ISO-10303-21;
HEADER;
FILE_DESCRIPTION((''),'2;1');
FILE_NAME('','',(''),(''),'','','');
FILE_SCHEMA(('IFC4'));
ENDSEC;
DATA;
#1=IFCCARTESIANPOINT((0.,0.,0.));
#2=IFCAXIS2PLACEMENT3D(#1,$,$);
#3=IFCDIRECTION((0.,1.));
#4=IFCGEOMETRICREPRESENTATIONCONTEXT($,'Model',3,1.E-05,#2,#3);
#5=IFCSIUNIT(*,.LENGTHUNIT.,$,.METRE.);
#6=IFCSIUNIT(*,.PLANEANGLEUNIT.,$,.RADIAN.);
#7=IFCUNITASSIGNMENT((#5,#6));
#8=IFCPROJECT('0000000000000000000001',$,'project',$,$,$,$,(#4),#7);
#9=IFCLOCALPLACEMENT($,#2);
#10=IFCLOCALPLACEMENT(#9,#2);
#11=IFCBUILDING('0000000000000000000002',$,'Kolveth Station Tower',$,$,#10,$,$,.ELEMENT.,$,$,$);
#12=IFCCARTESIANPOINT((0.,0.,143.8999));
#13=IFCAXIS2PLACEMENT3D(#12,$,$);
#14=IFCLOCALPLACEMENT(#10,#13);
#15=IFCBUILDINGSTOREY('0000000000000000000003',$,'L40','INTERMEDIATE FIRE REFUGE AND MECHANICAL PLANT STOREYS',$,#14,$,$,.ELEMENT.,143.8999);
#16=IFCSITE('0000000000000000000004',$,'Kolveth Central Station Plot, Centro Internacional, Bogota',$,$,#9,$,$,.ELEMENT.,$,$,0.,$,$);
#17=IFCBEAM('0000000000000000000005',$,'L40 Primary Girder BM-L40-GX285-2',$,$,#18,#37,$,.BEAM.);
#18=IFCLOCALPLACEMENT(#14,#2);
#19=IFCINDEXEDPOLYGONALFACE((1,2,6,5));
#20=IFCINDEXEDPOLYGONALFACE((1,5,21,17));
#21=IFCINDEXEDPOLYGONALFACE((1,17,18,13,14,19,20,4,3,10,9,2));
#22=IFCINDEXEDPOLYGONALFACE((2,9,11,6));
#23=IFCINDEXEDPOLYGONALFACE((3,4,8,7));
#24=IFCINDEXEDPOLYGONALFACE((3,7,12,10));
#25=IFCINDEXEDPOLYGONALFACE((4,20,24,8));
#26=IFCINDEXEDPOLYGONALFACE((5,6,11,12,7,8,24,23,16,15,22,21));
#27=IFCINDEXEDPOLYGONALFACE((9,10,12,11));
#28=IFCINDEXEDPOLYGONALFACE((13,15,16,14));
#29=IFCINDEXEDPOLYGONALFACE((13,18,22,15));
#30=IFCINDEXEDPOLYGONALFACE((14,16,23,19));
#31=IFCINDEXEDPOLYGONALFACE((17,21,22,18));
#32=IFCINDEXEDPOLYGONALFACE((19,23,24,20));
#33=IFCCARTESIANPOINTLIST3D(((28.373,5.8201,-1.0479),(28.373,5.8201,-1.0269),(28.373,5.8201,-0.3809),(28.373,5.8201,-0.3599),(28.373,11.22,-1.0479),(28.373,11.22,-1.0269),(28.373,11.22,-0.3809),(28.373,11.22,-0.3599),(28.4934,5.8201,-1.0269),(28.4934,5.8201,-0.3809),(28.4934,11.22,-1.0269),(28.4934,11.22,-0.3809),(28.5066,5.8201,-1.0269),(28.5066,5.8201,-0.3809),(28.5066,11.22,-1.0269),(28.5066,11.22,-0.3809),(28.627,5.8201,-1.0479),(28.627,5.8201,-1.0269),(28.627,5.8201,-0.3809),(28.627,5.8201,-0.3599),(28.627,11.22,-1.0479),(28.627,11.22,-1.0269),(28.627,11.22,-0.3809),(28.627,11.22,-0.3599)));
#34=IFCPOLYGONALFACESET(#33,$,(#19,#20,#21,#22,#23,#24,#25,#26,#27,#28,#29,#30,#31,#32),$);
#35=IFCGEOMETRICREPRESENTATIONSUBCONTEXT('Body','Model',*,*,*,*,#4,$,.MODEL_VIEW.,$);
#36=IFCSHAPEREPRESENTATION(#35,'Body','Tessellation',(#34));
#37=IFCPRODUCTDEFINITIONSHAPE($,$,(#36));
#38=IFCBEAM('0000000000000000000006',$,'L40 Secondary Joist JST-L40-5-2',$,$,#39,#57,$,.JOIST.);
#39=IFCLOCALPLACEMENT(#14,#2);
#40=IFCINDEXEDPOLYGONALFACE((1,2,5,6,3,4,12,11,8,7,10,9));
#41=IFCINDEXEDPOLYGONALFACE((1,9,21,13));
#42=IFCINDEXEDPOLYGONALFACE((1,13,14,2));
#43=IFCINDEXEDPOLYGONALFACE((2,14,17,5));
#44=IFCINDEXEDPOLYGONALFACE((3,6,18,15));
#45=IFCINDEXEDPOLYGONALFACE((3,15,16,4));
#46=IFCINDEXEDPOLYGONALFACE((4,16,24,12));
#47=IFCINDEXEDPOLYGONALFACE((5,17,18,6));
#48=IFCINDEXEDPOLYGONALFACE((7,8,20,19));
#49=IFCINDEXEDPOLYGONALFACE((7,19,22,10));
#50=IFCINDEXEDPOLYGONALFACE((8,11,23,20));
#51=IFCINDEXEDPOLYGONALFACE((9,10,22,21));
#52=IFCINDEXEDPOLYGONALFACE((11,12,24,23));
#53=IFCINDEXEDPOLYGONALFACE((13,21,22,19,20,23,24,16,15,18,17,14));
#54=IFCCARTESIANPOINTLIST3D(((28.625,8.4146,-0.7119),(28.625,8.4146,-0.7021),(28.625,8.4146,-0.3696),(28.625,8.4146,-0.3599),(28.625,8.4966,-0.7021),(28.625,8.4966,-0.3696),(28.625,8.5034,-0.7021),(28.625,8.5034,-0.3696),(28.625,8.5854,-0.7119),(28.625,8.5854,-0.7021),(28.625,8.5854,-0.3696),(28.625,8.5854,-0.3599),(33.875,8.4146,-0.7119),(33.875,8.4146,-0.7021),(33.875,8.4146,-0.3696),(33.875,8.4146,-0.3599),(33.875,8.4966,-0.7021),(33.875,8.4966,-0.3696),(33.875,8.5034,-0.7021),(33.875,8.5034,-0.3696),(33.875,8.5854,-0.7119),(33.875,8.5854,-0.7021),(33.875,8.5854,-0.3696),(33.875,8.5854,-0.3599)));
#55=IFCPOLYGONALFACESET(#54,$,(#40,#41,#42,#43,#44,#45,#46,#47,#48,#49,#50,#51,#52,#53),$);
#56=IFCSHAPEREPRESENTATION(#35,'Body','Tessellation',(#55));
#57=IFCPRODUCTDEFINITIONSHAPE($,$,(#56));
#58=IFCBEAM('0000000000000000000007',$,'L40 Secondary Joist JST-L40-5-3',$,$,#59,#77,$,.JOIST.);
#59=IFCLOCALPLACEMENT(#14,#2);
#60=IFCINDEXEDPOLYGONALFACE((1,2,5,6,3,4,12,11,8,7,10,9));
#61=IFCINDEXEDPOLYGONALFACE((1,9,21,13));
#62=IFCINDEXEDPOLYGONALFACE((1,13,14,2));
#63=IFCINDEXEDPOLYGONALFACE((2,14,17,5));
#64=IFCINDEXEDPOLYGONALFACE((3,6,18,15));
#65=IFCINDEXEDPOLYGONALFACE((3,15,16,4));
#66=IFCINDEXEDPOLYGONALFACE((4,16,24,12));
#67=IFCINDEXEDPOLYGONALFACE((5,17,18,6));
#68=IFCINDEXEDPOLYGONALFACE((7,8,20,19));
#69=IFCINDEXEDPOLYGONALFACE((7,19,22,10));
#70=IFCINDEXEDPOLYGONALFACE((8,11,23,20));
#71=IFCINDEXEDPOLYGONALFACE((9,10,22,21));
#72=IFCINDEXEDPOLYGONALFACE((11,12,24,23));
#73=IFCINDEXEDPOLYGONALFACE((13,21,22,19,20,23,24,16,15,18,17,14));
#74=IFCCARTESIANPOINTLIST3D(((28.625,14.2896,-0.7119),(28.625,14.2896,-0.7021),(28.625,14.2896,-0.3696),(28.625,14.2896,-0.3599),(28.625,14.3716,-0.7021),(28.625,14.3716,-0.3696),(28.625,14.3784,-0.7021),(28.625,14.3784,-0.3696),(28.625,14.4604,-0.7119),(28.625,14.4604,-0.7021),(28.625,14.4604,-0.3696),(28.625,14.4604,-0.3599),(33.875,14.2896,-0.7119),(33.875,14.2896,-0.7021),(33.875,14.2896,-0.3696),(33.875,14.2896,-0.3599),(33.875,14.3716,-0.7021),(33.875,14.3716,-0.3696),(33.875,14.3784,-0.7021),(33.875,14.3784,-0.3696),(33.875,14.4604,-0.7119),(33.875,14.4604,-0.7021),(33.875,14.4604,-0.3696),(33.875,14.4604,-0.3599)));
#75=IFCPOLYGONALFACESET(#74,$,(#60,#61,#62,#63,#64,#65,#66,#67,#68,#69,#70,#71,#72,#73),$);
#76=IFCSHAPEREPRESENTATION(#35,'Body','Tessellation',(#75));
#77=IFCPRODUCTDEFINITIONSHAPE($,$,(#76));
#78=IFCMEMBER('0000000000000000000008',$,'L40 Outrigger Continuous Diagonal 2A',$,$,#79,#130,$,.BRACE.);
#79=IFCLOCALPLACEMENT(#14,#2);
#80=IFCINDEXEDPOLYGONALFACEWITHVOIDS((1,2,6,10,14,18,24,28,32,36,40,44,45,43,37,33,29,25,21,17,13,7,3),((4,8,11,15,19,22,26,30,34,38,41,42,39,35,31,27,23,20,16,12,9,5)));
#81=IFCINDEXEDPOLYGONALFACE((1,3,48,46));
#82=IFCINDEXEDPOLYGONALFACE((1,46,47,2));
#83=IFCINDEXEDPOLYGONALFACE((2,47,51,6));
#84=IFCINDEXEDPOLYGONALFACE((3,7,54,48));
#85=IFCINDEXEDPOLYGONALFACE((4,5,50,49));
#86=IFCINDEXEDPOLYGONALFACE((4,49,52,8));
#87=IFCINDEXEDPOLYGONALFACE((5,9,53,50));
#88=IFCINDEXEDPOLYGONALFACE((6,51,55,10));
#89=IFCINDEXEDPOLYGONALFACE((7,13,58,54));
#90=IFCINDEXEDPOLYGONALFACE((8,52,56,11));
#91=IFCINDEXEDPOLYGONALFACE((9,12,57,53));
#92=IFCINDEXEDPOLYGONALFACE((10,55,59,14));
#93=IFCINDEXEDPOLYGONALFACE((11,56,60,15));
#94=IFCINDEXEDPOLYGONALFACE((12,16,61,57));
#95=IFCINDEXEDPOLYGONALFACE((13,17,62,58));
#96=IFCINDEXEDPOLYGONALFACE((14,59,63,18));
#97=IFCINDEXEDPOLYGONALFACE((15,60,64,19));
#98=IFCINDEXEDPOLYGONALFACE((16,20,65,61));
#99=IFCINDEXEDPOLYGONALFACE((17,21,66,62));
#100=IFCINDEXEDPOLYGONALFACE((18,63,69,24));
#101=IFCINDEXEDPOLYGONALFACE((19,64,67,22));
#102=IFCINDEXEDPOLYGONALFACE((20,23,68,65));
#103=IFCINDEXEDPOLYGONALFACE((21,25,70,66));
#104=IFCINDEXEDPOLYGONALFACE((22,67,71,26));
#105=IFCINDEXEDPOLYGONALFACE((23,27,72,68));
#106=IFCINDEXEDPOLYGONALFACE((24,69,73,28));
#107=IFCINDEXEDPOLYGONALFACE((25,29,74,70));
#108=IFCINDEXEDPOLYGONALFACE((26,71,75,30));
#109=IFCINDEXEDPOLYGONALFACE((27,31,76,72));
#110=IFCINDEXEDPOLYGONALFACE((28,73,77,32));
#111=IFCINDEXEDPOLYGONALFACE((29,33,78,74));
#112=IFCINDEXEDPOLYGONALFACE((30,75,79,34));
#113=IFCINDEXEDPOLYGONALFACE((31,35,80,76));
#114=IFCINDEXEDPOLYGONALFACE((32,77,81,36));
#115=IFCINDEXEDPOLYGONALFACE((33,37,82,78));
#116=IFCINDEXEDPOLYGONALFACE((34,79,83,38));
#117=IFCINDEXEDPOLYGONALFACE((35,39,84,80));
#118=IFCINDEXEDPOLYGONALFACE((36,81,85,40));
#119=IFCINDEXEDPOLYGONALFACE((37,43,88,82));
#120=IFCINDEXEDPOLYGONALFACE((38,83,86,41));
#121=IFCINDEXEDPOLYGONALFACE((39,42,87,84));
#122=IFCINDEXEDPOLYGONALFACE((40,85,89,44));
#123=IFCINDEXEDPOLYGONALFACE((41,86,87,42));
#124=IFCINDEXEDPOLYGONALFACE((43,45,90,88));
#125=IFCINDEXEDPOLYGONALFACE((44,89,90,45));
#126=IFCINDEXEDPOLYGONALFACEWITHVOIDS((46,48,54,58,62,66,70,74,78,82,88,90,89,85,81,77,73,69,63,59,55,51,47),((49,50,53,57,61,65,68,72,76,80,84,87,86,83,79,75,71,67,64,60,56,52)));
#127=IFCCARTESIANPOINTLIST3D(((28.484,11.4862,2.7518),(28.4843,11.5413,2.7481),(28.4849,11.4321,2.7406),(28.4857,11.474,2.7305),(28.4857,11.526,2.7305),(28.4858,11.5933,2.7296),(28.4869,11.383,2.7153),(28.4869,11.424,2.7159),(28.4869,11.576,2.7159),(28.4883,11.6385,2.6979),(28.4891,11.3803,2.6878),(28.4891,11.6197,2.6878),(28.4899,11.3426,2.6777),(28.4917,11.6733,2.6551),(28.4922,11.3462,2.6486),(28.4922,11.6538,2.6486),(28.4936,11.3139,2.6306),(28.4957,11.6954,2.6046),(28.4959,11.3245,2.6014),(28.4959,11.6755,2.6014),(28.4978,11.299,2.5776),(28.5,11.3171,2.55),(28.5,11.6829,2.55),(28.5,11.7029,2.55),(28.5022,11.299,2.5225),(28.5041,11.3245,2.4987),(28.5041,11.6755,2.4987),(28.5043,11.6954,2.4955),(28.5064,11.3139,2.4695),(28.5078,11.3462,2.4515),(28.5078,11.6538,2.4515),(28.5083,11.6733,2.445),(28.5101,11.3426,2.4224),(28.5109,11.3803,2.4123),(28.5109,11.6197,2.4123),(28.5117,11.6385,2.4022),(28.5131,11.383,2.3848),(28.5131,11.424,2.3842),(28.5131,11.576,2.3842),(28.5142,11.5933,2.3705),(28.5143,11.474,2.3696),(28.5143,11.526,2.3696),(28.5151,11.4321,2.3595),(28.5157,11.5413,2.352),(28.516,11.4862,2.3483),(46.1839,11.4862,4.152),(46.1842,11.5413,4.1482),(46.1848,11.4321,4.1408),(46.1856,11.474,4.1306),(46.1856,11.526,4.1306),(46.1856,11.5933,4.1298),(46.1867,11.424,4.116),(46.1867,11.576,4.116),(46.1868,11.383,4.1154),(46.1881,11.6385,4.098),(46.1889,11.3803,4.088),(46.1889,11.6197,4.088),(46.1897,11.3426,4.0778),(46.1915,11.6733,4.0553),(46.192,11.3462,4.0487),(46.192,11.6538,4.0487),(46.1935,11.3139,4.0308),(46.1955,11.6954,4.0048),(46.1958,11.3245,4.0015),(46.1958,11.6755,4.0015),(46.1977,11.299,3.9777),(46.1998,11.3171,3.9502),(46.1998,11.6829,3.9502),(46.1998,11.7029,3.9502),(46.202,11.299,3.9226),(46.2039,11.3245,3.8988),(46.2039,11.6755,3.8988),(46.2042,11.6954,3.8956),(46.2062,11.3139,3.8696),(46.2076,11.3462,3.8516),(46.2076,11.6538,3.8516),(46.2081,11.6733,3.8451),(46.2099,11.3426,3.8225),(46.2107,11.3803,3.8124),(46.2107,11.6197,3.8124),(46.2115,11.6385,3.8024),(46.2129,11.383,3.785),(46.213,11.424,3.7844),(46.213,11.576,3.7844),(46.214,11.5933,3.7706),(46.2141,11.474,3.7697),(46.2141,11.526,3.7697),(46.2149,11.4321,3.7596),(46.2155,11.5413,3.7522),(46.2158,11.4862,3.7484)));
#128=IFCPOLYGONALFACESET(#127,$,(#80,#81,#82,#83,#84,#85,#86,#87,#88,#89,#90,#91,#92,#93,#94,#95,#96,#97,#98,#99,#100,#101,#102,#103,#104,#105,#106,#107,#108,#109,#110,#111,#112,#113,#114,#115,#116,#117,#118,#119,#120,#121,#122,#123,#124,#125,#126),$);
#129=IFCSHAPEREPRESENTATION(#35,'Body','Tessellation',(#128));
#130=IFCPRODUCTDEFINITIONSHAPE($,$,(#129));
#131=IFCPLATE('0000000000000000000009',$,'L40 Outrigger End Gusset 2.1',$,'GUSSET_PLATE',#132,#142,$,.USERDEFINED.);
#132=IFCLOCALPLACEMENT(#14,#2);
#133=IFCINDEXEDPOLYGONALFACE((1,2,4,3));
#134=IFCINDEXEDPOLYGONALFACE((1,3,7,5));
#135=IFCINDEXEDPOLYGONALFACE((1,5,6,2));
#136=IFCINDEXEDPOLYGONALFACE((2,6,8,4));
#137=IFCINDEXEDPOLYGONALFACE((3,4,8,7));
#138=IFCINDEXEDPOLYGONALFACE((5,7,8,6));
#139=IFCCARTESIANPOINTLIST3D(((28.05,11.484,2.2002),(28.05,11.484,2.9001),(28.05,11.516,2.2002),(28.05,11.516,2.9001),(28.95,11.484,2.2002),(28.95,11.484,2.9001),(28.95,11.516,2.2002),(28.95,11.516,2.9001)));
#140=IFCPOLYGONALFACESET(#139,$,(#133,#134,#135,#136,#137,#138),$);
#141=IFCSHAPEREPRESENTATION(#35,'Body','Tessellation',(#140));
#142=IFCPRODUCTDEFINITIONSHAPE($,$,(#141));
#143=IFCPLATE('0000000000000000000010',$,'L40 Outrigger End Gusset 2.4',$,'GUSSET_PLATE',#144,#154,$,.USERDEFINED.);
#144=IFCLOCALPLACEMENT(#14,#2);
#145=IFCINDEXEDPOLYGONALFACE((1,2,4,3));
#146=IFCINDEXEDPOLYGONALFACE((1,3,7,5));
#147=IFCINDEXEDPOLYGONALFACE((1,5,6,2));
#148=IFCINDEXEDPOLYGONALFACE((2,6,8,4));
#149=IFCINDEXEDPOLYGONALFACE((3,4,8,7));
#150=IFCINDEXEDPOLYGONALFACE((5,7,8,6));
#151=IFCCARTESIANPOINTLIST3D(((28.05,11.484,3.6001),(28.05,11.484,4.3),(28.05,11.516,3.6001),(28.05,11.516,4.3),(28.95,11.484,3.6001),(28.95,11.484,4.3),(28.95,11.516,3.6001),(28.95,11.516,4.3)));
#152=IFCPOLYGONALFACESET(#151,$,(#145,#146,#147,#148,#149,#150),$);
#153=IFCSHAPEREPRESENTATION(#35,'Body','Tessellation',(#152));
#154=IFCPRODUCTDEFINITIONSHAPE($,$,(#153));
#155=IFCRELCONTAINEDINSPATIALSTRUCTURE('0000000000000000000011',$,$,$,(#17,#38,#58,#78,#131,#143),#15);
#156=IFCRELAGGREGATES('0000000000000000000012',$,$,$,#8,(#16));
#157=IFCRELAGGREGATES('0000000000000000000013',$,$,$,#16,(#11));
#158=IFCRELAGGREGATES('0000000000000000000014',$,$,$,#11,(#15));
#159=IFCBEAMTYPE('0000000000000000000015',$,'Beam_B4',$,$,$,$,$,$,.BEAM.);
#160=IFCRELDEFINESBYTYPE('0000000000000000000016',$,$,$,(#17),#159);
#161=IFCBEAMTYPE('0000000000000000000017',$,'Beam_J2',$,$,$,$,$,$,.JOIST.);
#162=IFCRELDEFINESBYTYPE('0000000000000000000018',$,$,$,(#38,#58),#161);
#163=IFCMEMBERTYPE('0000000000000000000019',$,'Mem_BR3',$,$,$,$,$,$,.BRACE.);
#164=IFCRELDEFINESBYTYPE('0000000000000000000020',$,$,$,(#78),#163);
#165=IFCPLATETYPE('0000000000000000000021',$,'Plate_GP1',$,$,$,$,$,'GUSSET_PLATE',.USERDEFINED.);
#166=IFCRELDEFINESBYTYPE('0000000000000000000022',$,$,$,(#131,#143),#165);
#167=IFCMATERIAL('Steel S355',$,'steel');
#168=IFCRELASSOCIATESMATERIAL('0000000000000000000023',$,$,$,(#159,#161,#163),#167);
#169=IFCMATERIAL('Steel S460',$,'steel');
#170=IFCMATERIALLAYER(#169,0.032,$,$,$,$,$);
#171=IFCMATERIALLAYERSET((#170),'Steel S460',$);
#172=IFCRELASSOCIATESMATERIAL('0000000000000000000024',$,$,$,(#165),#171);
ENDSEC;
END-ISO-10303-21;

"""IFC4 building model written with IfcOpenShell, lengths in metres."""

from ifc_helpers import new_model, si_unit, direction, frame, origin, origin_2d, place, context, subcontext, project, spatial, rectangle, hollow_circle, i_section, extrude, source, transform, mapped, material, layer, layer_set, material_profile, profile_set, type_object, element, save


model = new_model("IFC4")

# Units and contexts
model_context = context("Model", 3, precision=1e-05, world=origin(), true_north=direction((0.0, 1.0)))
body_context = subcontext(model_context, "Body", "Model", "MODEL_VIEW")
ifc_project = project(units=[si_unit("LENGTHUNIT", "METRE"), si_unit("PLANEANGLEUNIT", "RADIAN")], contexts=[model_context])

# Site, building, storey
site_placement = place(None, origin())
site = spatial("IfcSite", under=ifc_project, at=site_placement, Name="Kolveth Central Station Plot, Centro Internacional, Bogota", CompositionType="ELEMENT", RefElevation=0.0)
building_placement = place(site_placement, origin())
building = spatial("IfcBuilding", under=site, at=building_placement, Name="Kolveth Station Tower", CompositionType="ELEMENT")
storey_placement = place(building_placement, frame((0.0, 0.0, 143.8999)))
storey = spatial("IfcBuildingStorey", under=building, at=storey_placement, Name="L40", Description="INTERMEDIATE FIRE REFUGE AND MECHANICAL PLANT STOREYS", CompositionType="ELEMENT", Elevation=143.8999)

# Shared definitions
ifc_material_1 = material(Name="Steel S460", Category="steel")
ifc_material_2 = material(Name="Steel S355", Category="steel")

# Beams
ifc_material_profile_1 = material_profile(ifc_material_2, i_section(OverallWidth=0.2539, OverallDepth=0.688, WebThickness=0.0132, FlangeThickness=0.021, at=origin_2d()), Name="W690x152")
ifc_profile_set_1 = profile_set([ifc_material_profile_1], Name="Steel S355")
beam_type_1 = type_object("IfcBeamType", Name="Beam_B4", PredefinedType="BEAM", material=ifc_profile_set_1)
shared_shape_1 = source(origin(), body_context, "Body", "SweptSolid", [
    extrude(i_section(OverallWidth=0.2539, OverallDepth=0.688, WebThickness=0.0132, FlangeThickness=0.021, at=origin_2d()), origin(), (0.0, 0.0, 1.0), 5.3999),
])
beam_1_placement = place(storey_placement, frame((28.5, 5.8201, -0.7039), z_axis=(0.0, 1.0, 0.0), x_axis=(-1.0, 0.0, 0.0)))
element("IfcBeam", 1, at=beam_1_placement, inside=storey, type_object=beam_type_1, Name="L40 Primary Girder BM-L40-GX285-2", PredefinedType="BEAM", context=body_context, shape_type="MappedRepresentation", body=[
    mapped(shared_shape_1, transform((0.0, 0.0, 0.0), x_axis=(1.0, 0.0, 0.0), y_axis=(0.0, 1.0, 0.0), z_axis=(0.0, 0.0, 1.0), scale=1.0)),
])
ifc_material_profile_2 = material_profile(ifc_material_2, i_section(OverallWidth=0.1709, OverallDepth=0.3521, WebThickness=0.0068, FlangeThickness=0.0098, at=origin_2d()), Name="W360x44")
ifc_profile_set_2 = profile_set([ifc_material_profile_2], Name="Steel S355")
beam_type_2 = type_object("IfcBeamType", Name="Beam_J2", PredefinedType="JOIST", material=ifc_profile_set_2)
shared_shape_2 = source(origin(), body_context, "Body", "SweptSolid", [
    extrude(i_section(OverallWidth=0.1709, OverallDepth=0.3521, WebThickness=0.0068, FlangeThickness=0.0098, at=origin_2d()), origin(), (0.0, 0.0, 1.0), 5.25),
])
for number, where, z_axis, x_axis, name in (
    (2, (28.625, 8.5, -0.5359), (1.0, 0.0, 0.0), (0.0, 1.0, 0.0), "L40 Secondary Joist JST-L40-5-2"),
    (3, (28.625, 14.375, -0.5359), (1.0, 0.0, 0.0), (0.0, 1.0, 0.0), "L40 Secondary Joist JST-L40-5-3"),
):
    element("IfcBeam", number, at=place(storey_placement, frame(where, z_axis=z_axis, x_axis=x_axis)), inside=storey, type_object=beam_type_2, Name=name, PredefinedType="JOIST", context=body_context, shape_type="MappedRepresentation", body=[
        mapped(shared_shape_2, transform((0.0, 0.0, 0.0), x_axis=(1.0, 0.0, 0.0), y_axis=(0.0, 1.0, 0.0), z_axis=(0.0, 0.0, 1.0), scale=1.0)),
    ])

# Member
ifc_material_profile_3 = material_profile(ifc_material_2, hollow_circle(Radius=0.2029, WallThickness=0.02, at=origin_2d()), Name="CHS406x20")
ifc_profile_set_3 = profile_set([ifc_material_profile_3], Name="Steel S355")
member_type = type_object("IfcMemberType", Name="Mem_BR3", PredefinedType="BRACE", material=ifc_profile_set_3)
shared_shape_3 = source(origin(), body_context, "Body", "SweptSolid", [
    extrude(hollow_circle(Radius=0.2029, WallThickness=0.02, at=origin_2d()), origin(), (0.0, 0.0, 1.0), 17.7551),
])
member_placement = place(storey_placement, frame((28.5, 11.5, 2.55), z_axis=(0.996886, 0.0, 0.078858), x_axis=(0.0, 1.0, 0.0)))
element("IfcMember", 4, at=member_placement, inside=storey, type_object=member_type, Name="L40 Outrigger Continuous Diagonal 2A", PredefinedType="BRACE", context=body_context, shape_type="MappedRepresentation", body=[
    mapped(shared_shape_3, transform((0.0, 0.0, 0.0), x_axis=(1.0, 0.0, 0.0), y_axis=(0.0, 1.0, 0.0), z_axis=(0.0, 0.0, 1.0), scale=1.0)),
])

# Plates
ifc_layer_1 = layer(ifc_material_1, 0.032)
ifc_layer_set_1 = layer_set([ifc_layer_1], Name="Steel S460")
plate_type = type_object("IfcPlateType", Name="Plate_GP1", ElementType="GUSSET_PLATE", PredefinedType="USERDEFINED", material=ifc_layer_set_1)
shared_shape_4 = source(origin(), body_context, "Body", "SweptSolid", [
    extrude(rectangle(XDim=0.8999, YDim=0.032, at=origin_2d()), origin(), (0.0, 0.0, 1.0), 0.7),
])
for number, where, z_axis, x_axis, name in (
    (5, (28.5, 11.5, 2.2002), (0.0, 0.0, 1.0), (1.0, 0.0, 0.0), "L40 Outrigger End Gusset 2.1"),
    (6, (28.5, 11.5, 3.6001), (0.0, 0.0, 1.0), (1.0, 0.0, 0.0), "L40 Outrigger End Gusset 2.4"),
):
    element("IfcPlate", number, at=place(storey_placement, frame(where, z_axis=z_axis, x_axis=x_axis)), inside=storey, type_object=plate_type, Name=name, ObjectType="GUSSET_PLATE", PredefinedType="USERDEFINED", context=body_context, shape_type="MappedRepresentation", body=[
        mapped(shared_shape_4, transform((0.0, 0.0, 0.0), x_axis=(1.0, 0.0, 0.0), y_axis=(0.0, 1.0, 0.0), z_axis=(0.0, 0.0, 1.0), scale=1.0)),
    ])

save(model, "model.ifc")
